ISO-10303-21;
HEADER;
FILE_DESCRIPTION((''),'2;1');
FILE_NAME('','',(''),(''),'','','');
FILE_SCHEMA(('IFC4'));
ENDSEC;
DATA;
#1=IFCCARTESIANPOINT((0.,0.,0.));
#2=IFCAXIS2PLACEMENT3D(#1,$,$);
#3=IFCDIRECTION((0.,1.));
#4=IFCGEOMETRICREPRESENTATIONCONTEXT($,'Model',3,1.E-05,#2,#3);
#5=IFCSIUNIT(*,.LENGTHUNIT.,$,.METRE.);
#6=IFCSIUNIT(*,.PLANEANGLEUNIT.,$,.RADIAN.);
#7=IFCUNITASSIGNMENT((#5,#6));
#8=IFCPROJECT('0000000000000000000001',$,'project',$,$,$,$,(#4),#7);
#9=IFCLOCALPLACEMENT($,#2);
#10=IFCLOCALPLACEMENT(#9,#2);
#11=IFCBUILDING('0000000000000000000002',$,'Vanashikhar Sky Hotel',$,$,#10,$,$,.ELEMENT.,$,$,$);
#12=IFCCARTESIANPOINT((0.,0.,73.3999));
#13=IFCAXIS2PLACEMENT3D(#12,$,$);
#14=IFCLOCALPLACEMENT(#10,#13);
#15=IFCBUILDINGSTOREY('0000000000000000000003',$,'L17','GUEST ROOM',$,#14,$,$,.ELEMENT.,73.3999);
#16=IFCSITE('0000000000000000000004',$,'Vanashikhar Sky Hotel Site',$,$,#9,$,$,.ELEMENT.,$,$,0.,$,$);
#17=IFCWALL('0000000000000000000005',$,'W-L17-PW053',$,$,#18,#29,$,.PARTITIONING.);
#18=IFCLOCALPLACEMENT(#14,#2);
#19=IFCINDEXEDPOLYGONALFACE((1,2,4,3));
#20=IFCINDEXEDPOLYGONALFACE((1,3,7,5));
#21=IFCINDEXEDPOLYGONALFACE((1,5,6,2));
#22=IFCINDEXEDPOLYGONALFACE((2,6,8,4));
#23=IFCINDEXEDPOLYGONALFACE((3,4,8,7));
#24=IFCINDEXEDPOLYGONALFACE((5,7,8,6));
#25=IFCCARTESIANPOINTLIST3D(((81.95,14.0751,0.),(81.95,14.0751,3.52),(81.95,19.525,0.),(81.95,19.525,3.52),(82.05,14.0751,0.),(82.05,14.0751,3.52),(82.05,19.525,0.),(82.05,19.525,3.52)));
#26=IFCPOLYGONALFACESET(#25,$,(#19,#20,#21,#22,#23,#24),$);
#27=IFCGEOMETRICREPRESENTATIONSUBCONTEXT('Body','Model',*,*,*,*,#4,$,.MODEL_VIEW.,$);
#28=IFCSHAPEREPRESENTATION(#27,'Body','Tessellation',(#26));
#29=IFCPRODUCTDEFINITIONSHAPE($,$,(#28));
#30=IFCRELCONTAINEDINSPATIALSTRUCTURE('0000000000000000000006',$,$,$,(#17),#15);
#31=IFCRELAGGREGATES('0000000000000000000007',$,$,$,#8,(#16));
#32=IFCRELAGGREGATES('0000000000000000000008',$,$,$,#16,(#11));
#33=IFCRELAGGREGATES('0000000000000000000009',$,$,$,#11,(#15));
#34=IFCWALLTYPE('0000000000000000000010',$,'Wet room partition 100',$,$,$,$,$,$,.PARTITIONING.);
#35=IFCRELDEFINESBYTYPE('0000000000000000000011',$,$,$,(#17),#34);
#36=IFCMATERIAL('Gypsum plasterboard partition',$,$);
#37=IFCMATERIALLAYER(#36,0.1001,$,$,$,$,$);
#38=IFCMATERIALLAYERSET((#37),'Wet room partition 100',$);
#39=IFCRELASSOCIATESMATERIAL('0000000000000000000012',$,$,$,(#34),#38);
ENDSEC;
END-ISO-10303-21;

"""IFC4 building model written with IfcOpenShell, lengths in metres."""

from ifc_helpers import new_model, si_unit, direction, frame, frame_2d, origin, place, context, subcontext, project, spatial, rectangle, extrude, source, transform, mapped, material, layer, layer_set, type_object, element, save


model = new_model("IFC4")

# Units and contexts
model_context = context("Model", 3, precision=1e-05, world=origin(), true_north=direction((0.0, 1.0)))
body_context = subcontext(model_context, "Body", "Model", "MODEL_VIEW")
ifc_project = project(units=[si_unit("LENGTHUNIT", "METRE"), si_unit("PLANEANGLEUNIT", "RADIAN")], contexts=[model_context])

# Site, building, storey
site_placement = place(None, origin())
site = spatial("IfcSite", under=ifc_project, at=site_placement, Name="Vanashikhar Sky Hotel Site", CompositionType="ELEMENT", RefElevation=0.0)
building_placement = place(site_placement, origin())
building = spatial("IfcBuilding", under=site, at=building_placement, Name="Vanashikhar Sky Hotel", CompositionType="ELEMENT")
storey_placement = place(building_placement, frame((0.0, 0.0, 73.3999)))
storey = spatial("IfcBuildingStorey", under=building, at=storey_placement, Name="L17", Description="GUEST ROOM", CompositionType="ELEMENT", Elevation=73.3999)

# Shared definitions
ifc_material_1 = material(Name="Gypsum plasterboard partition")
ifc_layer_1 = layer(ifc_material_1, 0.1001)
ifc_layer_set_1 = layer_set([ifc_layer_1], Name="Wet room partition 100")
wall_type_1 = type_object("IfcWallType", Name="Wet room partition 100", PredefinedType="PARTITIONING", material=ifc_layer_set_1)

# Wall
shared_shape_1 = source(origin(), body_context, "Body", "SweptSolid", [
    extrude(rectangle(XDim=5.45, YDim=0.1001, at=frame_2d((2.7251, 0.0))), origin(), (0.0, 0.0, 1.0), 3.52),
])
for number, where, z_axis, x_axis, name in (
    (1, (82.0, 14.075, 0.0), (0.0, 0.0, 1.0), (0.0, 1.0, 0.0), "W-L17-PW053"),
):
    element("IfcWall", number, at=place(storey_placement, frame(where, z_axis=z_axis, x_axis=x_axis)), inside=storey, type_object=wall_type_1, Name=name, PredefinedType="PARTITIONING", context=body_context, shape_type="MappedRepresentation", body=[
        mapped(shared_shape_1, transform((0.0, 0.0, 0.0), scale=1.0)),
    ])

save(model, "model.ifc")
